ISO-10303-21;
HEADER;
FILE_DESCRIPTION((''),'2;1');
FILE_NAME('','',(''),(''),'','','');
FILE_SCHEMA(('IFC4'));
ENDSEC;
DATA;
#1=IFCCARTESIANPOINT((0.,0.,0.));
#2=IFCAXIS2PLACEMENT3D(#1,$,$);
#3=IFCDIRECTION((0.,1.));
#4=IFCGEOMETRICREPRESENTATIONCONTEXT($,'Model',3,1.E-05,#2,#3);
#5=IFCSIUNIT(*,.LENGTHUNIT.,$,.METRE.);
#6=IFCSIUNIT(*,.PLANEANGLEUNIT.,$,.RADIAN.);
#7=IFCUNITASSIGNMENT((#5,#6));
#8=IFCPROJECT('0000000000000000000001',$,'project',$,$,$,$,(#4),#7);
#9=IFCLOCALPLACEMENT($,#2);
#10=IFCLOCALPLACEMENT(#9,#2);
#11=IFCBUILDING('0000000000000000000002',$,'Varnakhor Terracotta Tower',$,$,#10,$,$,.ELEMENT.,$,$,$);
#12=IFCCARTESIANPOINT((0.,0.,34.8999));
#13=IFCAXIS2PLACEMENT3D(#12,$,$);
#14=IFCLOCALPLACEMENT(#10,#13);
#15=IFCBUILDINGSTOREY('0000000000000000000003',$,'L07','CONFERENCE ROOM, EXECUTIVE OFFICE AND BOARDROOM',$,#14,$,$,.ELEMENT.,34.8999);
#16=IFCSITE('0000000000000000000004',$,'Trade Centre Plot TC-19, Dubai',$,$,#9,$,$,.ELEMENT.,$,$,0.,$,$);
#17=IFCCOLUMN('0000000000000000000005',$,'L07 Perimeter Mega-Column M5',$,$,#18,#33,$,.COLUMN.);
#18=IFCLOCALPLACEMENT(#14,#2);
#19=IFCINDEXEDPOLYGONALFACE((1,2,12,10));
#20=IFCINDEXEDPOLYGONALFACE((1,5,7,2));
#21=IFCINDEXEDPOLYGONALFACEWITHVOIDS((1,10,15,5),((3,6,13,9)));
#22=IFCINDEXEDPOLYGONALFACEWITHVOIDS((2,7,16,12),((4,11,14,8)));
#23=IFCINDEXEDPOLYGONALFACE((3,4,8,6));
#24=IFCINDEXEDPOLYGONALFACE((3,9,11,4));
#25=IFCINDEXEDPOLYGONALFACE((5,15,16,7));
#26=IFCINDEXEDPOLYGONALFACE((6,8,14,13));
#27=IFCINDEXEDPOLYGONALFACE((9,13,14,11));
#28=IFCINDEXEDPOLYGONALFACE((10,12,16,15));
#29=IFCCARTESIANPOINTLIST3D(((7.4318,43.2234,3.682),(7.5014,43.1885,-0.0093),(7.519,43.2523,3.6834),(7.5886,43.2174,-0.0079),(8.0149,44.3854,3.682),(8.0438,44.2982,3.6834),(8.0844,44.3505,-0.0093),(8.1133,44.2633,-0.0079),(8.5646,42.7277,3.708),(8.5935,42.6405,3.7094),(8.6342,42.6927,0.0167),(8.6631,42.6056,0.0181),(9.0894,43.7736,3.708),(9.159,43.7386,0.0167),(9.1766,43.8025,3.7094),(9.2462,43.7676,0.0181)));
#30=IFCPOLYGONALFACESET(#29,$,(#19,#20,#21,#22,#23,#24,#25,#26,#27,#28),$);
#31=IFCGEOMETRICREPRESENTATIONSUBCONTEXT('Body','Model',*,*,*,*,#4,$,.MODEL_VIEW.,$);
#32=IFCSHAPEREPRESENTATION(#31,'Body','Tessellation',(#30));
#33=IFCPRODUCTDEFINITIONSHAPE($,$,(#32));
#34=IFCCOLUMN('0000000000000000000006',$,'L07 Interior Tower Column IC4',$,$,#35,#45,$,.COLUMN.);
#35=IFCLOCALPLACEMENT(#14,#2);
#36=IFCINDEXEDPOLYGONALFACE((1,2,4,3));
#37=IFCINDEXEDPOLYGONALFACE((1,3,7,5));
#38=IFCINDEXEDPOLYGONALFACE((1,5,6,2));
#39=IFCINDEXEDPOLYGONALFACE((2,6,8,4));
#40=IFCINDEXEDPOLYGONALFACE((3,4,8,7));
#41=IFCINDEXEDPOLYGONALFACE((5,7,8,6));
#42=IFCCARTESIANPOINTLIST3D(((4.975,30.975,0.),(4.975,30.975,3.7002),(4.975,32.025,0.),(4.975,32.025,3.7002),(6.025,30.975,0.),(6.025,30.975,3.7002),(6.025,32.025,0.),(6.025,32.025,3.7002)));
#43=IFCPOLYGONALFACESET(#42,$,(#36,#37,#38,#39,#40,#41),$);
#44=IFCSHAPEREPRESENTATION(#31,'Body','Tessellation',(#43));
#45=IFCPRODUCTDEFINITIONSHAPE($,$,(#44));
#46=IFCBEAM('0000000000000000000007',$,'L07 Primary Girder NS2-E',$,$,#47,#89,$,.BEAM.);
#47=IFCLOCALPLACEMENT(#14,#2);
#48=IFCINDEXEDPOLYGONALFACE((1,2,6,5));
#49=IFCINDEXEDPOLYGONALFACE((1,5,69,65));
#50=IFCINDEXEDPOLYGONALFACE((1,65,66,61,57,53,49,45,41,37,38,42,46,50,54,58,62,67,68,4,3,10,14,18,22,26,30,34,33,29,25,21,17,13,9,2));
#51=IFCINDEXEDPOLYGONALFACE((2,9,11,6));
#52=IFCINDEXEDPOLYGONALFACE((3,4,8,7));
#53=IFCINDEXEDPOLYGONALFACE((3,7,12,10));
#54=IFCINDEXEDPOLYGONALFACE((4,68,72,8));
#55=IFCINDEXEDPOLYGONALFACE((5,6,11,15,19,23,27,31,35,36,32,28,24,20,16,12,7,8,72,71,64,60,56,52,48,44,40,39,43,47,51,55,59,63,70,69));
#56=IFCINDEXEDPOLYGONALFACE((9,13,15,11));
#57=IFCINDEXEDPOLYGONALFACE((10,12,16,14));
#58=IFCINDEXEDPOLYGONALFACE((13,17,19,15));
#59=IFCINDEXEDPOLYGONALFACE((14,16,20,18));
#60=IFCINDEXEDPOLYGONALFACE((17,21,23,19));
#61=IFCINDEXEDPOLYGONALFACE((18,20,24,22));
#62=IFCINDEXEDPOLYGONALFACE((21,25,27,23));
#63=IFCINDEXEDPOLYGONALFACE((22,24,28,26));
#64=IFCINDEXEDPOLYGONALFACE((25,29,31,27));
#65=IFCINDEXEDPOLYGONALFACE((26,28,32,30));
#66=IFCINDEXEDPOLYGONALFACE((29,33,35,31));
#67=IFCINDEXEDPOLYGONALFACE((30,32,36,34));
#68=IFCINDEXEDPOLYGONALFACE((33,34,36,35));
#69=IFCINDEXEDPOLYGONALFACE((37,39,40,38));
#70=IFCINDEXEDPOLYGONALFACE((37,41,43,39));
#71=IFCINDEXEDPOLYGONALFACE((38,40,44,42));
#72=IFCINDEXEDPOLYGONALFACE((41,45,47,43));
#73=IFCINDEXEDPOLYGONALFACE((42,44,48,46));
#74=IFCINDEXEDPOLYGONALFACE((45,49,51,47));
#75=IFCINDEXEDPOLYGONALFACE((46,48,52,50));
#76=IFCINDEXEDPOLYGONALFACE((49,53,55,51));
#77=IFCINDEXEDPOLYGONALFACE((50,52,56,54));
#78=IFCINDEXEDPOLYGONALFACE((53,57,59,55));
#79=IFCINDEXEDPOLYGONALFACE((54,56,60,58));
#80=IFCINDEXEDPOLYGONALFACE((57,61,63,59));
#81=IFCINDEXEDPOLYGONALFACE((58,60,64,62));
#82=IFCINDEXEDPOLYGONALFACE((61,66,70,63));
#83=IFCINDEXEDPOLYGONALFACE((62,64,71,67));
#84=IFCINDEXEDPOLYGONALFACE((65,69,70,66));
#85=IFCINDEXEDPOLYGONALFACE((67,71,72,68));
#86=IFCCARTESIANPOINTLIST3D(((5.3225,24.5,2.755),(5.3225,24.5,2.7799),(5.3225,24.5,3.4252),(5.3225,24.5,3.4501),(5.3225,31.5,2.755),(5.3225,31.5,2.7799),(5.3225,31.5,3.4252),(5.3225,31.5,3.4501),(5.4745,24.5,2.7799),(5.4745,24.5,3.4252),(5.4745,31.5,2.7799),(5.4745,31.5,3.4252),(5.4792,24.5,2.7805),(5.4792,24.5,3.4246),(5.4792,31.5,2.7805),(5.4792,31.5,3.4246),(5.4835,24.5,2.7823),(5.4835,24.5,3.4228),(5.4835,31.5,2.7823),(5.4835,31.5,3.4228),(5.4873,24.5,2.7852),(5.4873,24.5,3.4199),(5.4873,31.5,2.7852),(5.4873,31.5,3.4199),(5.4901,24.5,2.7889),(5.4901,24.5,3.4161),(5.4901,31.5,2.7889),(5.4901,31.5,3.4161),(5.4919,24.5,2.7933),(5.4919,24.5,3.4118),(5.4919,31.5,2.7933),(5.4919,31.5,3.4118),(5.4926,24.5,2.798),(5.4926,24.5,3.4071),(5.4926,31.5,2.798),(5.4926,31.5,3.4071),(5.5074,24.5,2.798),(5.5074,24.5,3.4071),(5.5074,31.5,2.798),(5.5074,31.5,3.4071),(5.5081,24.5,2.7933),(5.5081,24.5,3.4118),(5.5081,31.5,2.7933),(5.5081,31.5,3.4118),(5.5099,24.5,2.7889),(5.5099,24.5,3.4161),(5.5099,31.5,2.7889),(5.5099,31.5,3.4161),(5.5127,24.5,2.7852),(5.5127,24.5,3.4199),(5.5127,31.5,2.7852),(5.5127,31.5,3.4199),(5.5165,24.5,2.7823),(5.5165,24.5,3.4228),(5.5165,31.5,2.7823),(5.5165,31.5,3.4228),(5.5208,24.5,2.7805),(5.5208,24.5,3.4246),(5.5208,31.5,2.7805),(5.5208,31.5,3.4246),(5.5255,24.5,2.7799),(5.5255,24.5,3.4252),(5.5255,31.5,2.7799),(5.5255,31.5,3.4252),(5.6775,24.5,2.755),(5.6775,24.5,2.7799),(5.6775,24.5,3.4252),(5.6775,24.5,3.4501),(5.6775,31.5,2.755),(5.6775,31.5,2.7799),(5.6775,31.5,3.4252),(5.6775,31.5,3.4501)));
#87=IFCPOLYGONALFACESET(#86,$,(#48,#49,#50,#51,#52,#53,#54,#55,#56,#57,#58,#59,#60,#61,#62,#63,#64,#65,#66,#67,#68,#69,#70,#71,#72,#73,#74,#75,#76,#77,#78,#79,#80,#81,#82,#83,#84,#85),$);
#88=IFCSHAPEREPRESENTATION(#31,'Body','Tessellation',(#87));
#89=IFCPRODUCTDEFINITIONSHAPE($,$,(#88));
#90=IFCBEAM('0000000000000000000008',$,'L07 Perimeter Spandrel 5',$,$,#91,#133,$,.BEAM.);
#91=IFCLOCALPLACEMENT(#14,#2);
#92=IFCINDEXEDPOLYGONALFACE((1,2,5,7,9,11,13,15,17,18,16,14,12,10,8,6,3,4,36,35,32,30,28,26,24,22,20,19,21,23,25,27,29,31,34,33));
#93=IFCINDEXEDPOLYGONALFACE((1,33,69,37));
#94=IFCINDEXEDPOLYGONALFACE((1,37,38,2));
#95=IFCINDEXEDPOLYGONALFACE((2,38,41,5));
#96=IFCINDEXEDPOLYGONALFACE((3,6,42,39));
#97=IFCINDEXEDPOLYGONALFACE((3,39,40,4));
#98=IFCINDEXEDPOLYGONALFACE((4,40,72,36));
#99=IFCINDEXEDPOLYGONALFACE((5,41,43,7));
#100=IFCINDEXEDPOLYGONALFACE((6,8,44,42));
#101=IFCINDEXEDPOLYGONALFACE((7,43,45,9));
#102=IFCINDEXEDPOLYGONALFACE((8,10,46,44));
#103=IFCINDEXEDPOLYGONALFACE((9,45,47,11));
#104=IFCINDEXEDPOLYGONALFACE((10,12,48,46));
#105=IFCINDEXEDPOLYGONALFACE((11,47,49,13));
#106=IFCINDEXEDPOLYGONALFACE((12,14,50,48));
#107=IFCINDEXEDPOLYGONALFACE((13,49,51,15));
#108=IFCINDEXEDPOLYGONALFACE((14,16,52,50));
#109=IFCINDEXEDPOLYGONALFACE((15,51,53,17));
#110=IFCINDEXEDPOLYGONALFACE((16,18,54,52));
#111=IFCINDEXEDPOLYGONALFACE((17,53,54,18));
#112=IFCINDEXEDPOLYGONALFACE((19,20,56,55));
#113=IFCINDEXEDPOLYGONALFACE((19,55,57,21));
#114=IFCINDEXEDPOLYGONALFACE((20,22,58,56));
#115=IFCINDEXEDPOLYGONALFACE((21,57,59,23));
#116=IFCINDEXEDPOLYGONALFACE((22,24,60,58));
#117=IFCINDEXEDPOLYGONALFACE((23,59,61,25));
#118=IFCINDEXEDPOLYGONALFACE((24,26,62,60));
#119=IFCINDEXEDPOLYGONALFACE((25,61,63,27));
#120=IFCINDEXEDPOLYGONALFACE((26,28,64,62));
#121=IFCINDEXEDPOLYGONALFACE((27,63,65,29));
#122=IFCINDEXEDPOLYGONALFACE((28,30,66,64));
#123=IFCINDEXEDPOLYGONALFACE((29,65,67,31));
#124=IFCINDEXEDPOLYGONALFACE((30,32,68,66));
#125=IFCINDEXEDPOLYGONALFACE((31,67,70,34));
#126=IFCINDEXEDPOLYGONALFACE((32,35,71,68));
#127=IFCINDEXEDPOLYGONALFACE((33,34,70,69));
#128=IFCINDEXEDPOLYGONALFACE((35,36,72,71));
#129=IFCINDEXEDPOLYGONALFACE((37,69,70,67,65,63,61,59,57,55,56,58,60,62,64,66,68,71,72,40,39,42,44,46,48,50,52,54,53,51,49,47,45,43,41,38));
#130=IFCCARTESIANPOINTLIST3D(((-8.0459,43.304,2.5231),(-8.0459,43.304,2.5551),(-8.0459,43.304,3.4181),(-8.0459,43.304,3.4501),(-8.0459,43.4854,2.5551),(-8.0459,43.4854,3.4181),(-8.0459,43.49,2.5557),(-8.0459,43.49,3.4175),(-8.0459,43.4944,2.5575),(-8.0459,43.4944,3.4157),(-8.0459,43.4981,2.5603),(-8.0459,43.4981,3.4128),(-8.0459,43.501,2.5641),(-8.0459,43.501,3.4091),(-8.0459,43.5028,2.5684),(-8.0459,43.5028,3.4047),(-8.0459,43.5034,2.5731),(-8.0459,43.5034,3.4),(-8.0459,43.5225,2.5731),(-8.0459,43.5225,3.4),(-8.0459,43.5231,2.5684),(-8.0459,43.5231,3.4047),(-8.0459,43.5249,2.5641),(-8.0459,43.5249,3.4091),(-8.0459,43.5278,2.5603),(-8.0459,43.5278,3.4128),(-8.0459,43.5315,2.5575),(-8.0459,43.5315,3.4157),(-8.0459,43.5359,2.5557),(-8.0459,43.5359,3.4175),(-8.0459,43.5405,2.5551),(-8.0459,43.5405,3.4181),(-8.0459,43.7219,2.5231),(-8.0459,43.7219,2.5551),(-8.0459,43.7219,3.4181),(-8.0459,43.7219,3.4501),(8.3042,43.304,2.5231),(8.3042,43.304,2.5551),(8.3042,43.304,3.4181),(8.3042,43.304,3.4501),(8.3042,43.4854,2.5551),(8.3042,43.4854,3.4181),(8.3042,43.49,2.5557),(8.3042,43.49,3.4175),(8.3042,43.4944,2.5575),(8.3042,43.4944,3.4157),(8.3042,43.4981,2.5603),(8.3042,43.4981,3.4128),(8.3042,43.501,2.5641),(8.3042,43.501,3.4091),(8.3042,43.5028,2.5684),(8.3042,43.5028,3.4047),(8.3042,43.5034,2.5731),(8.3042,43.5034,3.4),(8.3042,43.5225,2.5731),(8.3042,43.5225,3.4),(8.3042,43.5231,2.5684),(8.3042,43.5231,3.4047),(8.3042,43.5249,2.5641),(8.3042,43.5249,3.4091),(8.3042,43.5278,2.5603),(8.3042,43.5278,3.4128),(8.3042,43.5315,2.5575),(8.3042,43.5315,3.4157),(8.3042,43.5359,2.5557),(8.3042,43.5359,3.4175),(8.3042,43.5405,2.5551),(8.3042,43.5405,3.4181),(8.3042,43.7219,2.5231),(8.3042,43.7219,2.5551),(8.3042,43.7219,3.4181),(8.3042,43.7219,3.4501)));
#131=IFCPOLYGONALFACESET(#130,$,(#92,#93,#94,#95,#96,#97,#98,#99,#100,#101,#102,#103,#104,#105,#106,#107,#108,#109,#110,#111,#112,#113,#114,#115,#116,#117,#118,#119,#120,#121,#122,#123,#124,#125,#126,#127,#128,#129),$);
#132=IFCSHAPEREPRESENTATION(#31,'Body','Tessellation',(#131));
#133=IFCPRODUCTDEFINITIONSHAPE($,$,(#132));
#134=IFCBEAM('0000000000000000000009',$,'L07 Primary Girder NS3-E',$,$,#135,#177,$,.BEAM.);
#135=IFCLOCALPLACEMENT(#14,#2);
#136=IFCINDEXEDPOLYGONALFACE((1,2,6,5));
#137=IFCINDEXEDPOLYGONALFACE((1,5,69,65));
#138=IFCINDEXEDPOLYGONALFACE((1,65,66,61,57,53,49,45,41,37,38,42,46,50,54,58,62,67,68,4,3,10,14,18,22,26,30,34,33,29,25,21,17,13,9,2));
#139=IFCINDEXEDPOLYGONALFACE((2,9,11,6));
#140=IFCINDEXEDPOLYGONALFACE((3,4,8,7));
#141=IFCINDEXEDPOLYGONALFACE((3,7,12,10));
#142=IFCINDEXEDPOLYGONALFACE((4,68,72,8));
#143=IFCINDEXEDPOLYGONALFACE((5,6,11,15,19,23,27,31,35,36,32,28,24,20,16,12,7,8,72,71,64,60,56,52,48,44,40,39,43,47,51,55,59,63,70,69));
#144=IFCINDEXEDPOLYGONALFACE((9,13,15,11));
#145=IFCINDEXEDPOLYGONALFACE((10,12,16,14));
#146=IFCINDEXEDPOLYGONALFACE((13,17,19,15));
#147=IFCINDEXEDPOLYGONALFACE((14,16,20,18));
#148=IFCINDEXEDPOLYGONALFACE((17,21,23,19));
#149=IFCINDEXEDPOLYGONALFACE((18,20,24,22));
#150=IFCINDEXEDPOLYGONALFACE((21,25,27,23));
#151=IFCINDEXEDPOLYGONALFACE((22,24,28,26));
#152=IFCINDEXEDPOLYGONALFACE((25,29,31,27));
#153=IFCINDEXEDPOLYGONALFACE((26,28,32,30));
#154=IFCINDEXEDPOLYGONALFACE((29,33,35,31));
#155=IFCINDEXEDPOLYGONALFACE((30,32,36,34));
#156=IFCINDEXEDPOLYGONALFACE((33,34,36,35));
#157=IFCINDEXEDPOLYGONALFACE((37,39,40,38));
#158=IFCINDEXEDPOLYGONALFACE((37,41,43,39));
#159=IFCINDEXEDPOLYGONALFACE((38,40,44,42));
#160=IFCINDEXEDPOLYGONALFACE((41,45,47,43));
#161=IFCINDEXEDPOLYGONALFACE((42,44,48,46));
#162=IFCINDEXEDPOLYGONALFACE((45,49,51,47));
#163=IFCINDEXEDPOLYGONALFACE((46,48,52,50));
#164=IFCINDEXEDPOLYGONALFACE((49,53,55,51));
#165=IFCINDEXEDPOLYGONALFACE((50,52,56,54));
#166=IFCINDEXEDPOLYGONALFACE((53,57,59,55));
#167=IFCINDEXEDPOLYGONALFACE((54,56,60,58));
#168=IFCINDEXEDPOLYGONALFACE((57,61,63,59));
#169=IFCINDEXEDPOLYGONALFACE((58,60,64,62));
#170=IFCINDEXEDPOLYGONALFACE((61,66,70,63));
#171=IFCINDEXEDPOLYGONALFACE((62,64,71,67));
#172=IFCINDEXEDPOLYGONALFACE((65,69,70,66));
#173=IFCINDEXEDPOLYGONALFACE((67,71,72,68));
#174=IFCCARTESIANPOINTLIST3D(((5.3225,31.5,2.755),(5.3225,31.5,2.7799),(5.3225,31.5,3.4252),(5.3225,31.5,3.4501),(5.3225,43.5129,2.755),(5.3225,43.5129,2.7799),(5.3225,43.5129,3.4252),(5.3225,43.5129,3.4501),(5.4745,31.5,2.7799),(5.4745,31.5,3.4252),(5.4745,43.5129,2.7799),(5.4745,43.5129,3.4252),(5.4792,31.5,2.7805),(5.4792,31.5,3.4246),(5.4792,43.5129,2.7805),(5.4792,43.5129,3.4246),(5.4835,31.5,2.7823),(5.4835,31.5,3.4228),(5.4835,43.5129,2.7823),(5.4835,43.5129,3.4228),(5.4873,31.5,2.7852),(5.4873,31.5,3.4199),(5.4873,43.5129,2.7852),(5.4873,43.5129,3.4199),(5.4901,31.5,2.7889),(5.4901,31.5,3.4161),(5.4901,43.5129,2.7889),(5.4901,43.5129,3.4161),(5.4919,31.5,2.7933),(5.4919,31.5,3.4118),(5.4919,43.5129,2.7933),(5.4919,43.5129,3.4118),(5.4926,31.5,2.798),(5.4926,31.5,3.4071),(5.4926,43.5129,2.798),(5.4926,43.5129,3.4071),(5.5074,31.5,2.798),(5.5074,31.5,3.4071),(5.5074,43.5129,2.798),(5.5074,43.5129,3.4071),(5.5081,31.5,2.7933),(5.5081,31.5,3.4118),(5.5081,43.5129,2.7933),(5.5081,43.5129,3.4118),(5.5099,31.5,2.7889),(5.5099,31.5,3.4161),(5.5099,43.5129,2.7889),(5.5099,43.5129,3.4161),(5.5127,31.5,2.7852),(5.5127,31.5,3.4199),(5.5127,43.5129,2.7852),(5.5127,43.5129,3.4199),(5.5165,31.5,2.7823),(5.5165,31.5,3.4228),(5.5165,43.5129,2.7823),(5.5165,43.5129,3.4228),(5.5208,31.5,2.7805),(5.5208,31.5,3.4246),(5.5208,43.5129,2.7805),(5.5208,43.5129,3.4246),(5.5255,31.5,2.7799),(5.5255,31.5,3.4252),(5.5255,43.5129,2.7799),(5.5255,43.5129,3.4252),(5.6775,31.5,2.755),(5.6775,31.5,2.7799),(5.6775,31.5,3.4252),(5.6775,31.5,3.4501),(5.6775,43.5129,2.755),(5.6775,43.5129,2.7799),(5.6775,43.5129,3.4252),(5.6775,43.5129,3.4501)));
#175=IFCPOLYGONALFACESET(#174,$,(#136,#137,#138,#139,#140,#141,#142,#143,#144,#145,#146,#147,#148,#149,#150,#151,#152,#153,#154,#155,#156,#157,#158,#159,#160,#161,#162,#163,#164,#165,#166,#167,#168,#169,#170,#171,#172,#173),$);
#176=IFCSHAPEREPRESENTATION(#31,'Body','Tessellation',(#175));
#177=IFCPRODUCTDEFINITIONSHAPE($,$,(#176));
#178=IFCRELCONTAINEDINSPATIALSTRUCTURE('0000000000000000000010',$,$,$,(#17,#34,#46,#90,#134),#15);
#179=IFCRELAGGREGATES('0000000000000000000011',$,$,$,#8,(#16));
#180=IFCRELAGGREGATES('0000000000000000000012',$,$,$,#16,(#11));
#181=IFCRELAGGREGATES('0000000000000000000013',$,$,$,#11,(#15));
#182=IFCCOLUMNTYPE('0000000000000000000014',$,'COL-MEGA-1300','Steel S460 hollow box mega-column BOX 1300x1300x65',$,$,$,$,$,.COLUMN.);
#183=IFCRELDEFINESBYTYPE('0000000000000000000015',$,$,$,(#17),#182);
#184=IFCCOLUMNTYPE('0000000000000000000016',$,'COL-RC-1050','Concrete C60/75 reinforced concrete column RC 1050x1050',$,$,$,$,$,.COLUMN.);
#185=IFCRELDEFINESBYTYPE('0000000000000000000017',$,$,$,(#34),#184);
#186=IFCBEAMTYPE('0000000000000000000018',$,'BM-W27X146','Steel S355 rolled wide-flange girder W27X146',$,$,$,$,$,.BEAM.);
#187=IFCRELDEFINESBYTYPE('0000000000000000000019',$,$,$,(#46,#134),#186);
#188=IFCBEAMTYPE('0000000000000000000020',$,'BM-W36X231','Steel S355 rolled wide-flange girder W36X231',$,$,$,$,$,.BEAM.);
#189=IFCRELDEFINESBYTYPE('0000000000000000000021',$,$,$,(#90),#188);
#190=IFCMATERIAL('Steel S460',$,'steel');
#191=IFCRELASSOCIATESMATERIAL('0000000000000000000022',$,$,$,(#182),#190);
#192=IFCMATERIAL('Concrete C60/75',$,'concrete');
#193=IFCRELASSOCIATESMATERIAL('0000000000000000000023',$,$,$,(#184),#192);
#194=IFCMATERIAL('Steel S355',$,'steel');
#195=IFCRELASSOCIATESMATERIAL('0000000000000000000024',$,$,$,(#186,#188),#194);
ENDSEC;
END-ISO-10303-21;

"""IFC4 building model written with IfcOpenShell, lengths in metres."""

from ifc_helpers import new_model, si_unit, direction, frame, origin, origin_2d, place, context, subcontext, project, spatial, rectangle, hollow_rectangle, i_section, extrude, source, transform, mapped, material, material_profile, profile_set, type_object, element, save


model = new_model("IFC4")

# Units and contexts
model_context = context("Model", 3, precision=1e-05, world=origin(), true_north=direction((0.0, 1.0)))
body_context = subcontext(model_context, "Body", "Model", "MODEL_VIEW")
ifc_project = project(units=[si_unit("LENGTHUNIT", "METRE"), si_unit("PLANEANGLEUNIT", "RADIAN")], contexts=[model_context])

# Site, building, storey
site_placement = place(None, origin())
site = spatial("IfcSite", under=ifc_project, at=site_placement, Name="Trade Centre Plot TC-19, Dubai", CompositionType="ELEMENT", RefElevation=0.0)
building_placement = place(site_placement, origin())
building = spatial("IfcBuilding", under=site, at=building_placement, Name="Varnakhor Terracotta Tower", CompositionType="ELEMENT")
storey_placement = place(building_placement, frame((0.0, 0.0, 34.8999)))
storey = spatial("IfcBuildingStorey", under=building, at=storey_placement, Name="L07", Description="CONFERENCE ROOM, EXECUTIVE OFFICE AND BOARDROOM", CompositionType="ELEMENT", Elevation=34.8999)

# Columns
ifc_material_1 = material(Name="Steel S460", Category="steel")
ifc_material_profile_1 = material_profile(ifc_material_1, hollow_rectangle(XDim=1.3, YDim=1.3, WallThickness=0.0649, at=origin_2d()), Name="BOX 1300x1300x65")
ifc_profile_set_1 = profile_set([ifc_material_profile_1], Name="Steel S460")
column_type_1 = type_object("IfcColumnType", Name="COL-MEGA-1300", Description="Steel S460 hollow box mega-column BOX 1300x1300x65", PredefinedType="COLUMN", material=ifc_profile_set_1)
shared_shape_1 = source(origin(), body_context, "Body", "SweptSolid", [
    extrude(hollow_rectangle(XDim=1.3, YDim=1.3, WallThickness=0.0649, at=origin_2d()), origin(), (0.0, 0.0, 1.0), 3.6921),
])
column_1_placement = place(storey_placement, frame((8.3738, 43.478, 0.0044), z_axis=(-0.018845, 0.009456, 0.999778), x_axis=(-0.448468, -0.893799, 0.0)))
element("IfcColumn", 1, at=column_1_placement, inside=storey, type_object=column_type_1, Name="L07 Perimeter Mega-Column M5", PredefinedType="COLUMN", context=body_context, shape_type="MappedRepresentation", body=[
    mapped(shared_shape_1, transform((0.0, 0.0, 0.0), scale=1.0)),
])
ifc_material_2 = material(Name="Concrete C60/75", Category="concrete")
ifc_material_profile_2 = material_profile(ifc_material_2, rectangle(XDim=1.05, YDim=1.05, at=origin_2d()), Name="RC 1050x1050")
ifc_profile_set_2 = profile_set([ifc_material_profile_2], Name="Concrete C60/75")
column_type_2 = type_object("IfcColumnType", Name="COL-RC-1050", Description="Concrete C60/75 reinforced concrete column RC 1050x1050", PredefinedType="COLUMN", material=ifc_profile_set_2)
shared_shape_2 = source(origin(), body_context, "Body", "SweptSolid", [
    extrude(rectangle(XDim=1.05, YDim=1.05, at=origin_2d()), origin(), (0.0, 0.0, 1.0), 3.7002),
])
column_2_placement = place(storey_placement, frame((5.5, 31.5, 0.0), z_axis=(0.0, 0.0, 1.0), x_axis=(1.0, 0.0, 0.0)))
element("IfcColumn", 2, at=column_2_placement, inside=storey, type_object=column_type_2, Name="L07 Interior Tower Column IC4", PredefinedType="COLUMN", context=body_context, shape_type="MappedRepresentation", body=[
    mapped(shared_shape_2, transform((0.0, 0.0, 0.0), scale=1.0)),
])

# Beams
ifc_material_3 = material(Name="Steel S355", Category="steel")
ifc_material_profile_3 = material_profile(ifc_material_3, i_section(OverallWidth=0.355, OverallDepth=0.6951, WebThickness=0.0149, FlangeThickness=0.0249, FilletRadius=0.0181, at=origin_2d()), Name="W27X146")
ifc_profile_set_3 = profile_set([ifc_material_profile_3], Name="Steel S355")
beam_type_1 = type_object("IfcBeamType", Name="BM-W27X146", Description="Steel S355 rolled wide-flange girder W27X146", PredefinedType="BEAM", material=ifc_profile_set_3)
shared_shape_3 = source(origin(), body_context, "Body", "SweptSolid", [
    extrude(i_section(OverallWidth=0.355, OverallDepth=0.6951, WebThickness=0.0149, FlangeThickness=0.0249, FilletRadius=0.0181, at=origin_2d()), origin(), (0.0, 0.0, 1.0), 7.0),
])
beam_1_placement = place(storey_placement, frame((5.5, 24.5, 3.1025), z_axis=(0.0, 1.0, 0.0), x_axis=(-1.0, 0.0, 0.0)))
element("IfcBeam", 3, at=beam_1_placement, inside=storey, type_object=beam_type_1, Name="L07 Primary Girder NS2-E", PredefinedType="BEAM", context=body_context, shape_type="MappedRepresentation", body=[
    mapped(shared_shape_3, transform((0.0, 0.0, 0.0), scale=1.0)),
])
ifc_material_profile_4 = material_profile(ifc_material_3, i_section(OverallWidth=0.418, OverallDepth=0.927, WebThickness=0.019, FlangeThickness=0.032, FilletRadius=0.0181, at=origin_2d()), Name="W36X231")
ifc_profile_set_4 = profile_set([ifc_material_profile_4], Name="Steel S355")
beam_type_2 = type_object("IfcBeamType", Name="BM-W36X231", Description="Steel S355 rolled wide-flange girder W36X231", PredefinedType="BEAM", material=ifc_profile_set_4)
shared_shape_4 = source(origin(), body_context, "Body", "SweptSolid", [
    extrude(i_section(OverallWidth=0.418, OverallDepth=0.927, WebThickness=0.019, FlangeThickness=0.032, FilletRadius=0.0181, at=origin_2d()), origin(), (0.0, 0.0, 1.0), 16.3501),
])
beam_2_placement = place(storey_placement, frame((8.3042, 43.5129, 2.9866), z_axis=(-1.0, 0.0, 0.0), x_axis=(0.0, -1.0, 0.0)))
element("IfcBeam", 4, at=beam_2_placement, inside=storey, type_object=beam_type_2, Name="L07 Perimeter Spandrel 5", PredefinedType="BEAM", context=body_context, shape_type="MappedRepresentation", body=[
    mapped(shared_shape_4, transform((0.0, 0.0, 0.0), scale=1.0)),
])
shared_shape_5 = source(origin(), body_context, "Body", "SweptSolid", [
    extrude(i_section(OverallWidth=0.355, OverallDepth=0.6951, WebThickness=0.0149, FlangeThickness=0.0249, FilletRadius=0.0181, at=origin_2d()), origin(), (0.0, 0.0, 1.0), 12.0129),
])
beam_3_placement = place(storey_placement, frame((5.5, 31.5, 3.1025), z_axis=(0.0, 1.0, 0.0), x_axis=(-1.0, 0.0, 0.0)))
element("IfcBeam", 5, at=beam_3_placement, inside=storey, type_object=beam_type_1, Name="L07 Primary Girder NS3-E", PredefinedType="BEAM", context=body_context, shape_type="MappedRepresentation", body=[
    mapped(shared_shape_5, transform((0.0, 0.0, 0.0), scale=1.0)),
])

save(model, "model.ifc")
